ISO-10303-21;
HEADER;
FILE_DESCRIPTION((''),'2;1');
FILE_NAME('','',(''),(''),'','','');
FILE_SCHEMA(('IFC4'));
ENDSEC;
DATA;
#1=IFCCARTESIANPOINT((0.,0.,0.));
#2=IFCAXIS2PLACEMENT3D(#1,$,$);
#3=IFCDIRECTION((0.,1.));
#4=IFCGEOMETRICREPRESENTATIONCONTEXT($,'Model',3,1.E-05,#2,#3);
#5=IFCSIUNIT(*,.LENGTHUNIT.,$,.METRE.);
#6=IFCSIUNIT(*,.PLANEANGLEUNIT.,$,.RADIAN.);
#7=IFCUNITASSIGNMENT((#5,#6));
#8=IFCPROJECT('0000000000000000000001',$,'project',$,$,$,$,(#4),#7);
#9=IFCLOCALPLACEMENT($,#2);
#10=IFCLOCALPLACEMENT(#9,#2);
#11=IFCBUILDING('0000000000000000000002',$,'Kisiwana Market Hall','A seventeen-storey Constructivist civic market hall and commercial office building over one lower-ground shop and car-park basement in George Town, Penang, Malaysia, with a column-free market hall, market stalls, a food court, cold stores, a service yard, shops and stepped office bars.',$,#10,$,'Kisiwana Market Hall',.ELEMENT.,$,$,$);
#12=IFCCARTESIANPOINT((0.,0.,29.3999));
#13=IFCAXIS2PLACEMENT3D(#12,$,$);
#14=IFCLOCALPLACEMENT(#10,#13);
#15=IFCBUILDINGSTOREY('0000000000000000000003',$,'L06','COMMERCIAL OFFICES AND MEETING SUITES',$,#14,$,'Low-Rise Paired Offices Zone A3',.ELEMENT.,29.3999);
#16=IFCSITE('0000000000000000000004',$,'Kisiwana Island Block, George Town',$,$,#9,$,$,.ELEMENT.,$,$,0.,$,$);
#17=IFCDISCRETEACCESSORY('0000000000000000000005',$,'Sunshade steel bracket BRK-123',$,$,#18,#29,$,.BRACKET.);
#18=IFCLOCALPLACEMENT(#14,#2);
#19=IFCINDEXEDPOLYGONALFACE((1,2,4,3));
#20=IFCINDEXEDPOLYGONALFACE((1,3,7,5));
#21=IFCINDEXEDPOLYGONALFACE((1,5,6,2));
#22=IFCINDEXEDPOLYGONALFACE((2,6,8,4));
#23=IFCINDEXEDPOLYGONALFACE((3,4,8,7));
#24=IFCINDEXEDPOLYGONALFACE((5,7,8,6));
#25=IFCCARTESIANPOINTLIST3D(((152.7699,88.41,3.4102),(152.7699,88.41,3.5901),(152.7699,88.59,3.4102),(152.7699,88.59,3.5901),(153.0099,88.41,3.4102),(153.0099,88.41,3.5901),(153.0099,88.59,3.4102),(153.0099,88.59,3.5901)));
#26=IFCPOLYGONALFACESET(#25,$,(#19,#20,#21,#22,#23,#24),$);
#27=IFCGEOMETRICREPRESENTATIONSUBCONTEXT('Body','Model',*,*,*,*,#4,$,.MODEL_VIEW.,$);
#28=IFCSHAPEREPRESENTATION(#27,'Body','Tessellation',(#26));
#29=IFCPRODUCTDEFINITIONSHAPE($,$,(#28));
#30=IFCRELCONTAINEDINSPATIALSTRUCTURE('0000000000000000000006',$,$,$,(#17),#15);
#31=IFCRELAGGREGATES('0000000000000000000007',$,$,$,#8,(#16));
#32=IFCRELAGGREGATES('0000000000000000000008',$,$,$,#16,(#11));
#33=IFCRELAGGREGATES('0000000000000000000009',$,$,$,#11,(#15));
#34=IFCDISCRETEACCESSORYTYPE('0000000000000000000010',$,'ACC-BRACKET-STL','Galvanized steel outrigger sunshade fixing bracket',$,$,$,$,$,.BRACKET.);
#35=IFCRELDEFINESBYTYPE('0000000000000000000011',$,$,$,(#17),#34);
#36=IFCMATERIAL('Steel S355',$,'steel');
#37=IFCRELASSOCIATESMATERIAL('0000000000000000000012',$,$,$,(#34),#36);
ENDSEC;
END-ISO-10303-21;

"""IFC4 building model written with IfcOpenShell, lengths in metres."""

from ifc_helpers import new_model, si_unit, direction, frame, origin, origin_2d, place, context, subcontext, project, spatial, rectangle, extrude, material, type_object, element, save


model = new_model("IFC4")

# Units and contexts
model_context = context("Model", 3, precision=1e-05, world=origin(), true_north=direction((0.0, 1.0)))
body_context = subcontext(model_context, "Body", "Model", "MODEL_VIEW")
ifc_project = project(units=[si_unit("LENGTHUNIT", "METRE"), si_unit("PLANEANGLEUNIT", "RADIAN")], contexts=[model_context])

# Site, building, storey
site_placement = place(None, origin())
site = spatial("IfcSite", under=ifc_project, at=site_placement, Name="Kisiwana Island Block, George Town", CompositionType="ELEMENT", RefElevation=0.0)
building_placement = place(site_placement, origin())
building = spatial("IfcBuilding", under=site, at=building_placement, Name="Kisiwana Market Hall", Description="A seventeen-storey Constructivist civic market hall and commercial office building over one lower-ground shop and car-park basement in George Town, Penang, Malaysia, with a column-free market hall, market stalls, a food court, cold stores, a service yard, shops and stepped office bars.", LongName="Kisiwana Market Hall", CompositionType="ELEMENT")
storey_placement = place(building_placement, frame((0.0, 0.0, 29.3999)))
storey = spatial("IfcBuildingStorey", under=building, at=storey_placement, Name="L06", Description="COMMERCIAL OFFICES AND MEETING SUITES", LongName="Low-Rise Paired Offices Zone A3", CompositionType="ELEMENT", Elevation=29.3999)

# Discrete accessory
ifc_material_1 = material(Name="Steel S355", Category="steel")
discrete_accessory_type = type_object("IfcDiscreteAccessoryType", Name="ACC-BRACKET-STL", Description="Galvanized steel outrigger sunshade fixing bracket", PredefinedType="BRACKET", material=ifc_material_1)
for number, where, z_axis, x_axis, name in (
    (1, (152.8899, 88.5, 3.4102), (0.0, 0.0, 1.0), (0.0, 1.0, 0.0), "Sunshade steel bracket BRK-123"),
):
    element("IfcDiscreteAccessory", number, at=place(storey_placement, frame(where, z_axis=z_axis, x_axis=x_axis)), inside=storey, type_object=discrete_accessory_type, Name=name, PredefinedType="BRACKET", context=body_context, shape_type="SweptSolid", body=[
        extrude(rectangle(XDim=0.1799, YDim=0.24, at=origin_2d()), origin(), (0.0, 0.0, 1.0), 0.1799),
    ])

save(model, "model.ifc")
